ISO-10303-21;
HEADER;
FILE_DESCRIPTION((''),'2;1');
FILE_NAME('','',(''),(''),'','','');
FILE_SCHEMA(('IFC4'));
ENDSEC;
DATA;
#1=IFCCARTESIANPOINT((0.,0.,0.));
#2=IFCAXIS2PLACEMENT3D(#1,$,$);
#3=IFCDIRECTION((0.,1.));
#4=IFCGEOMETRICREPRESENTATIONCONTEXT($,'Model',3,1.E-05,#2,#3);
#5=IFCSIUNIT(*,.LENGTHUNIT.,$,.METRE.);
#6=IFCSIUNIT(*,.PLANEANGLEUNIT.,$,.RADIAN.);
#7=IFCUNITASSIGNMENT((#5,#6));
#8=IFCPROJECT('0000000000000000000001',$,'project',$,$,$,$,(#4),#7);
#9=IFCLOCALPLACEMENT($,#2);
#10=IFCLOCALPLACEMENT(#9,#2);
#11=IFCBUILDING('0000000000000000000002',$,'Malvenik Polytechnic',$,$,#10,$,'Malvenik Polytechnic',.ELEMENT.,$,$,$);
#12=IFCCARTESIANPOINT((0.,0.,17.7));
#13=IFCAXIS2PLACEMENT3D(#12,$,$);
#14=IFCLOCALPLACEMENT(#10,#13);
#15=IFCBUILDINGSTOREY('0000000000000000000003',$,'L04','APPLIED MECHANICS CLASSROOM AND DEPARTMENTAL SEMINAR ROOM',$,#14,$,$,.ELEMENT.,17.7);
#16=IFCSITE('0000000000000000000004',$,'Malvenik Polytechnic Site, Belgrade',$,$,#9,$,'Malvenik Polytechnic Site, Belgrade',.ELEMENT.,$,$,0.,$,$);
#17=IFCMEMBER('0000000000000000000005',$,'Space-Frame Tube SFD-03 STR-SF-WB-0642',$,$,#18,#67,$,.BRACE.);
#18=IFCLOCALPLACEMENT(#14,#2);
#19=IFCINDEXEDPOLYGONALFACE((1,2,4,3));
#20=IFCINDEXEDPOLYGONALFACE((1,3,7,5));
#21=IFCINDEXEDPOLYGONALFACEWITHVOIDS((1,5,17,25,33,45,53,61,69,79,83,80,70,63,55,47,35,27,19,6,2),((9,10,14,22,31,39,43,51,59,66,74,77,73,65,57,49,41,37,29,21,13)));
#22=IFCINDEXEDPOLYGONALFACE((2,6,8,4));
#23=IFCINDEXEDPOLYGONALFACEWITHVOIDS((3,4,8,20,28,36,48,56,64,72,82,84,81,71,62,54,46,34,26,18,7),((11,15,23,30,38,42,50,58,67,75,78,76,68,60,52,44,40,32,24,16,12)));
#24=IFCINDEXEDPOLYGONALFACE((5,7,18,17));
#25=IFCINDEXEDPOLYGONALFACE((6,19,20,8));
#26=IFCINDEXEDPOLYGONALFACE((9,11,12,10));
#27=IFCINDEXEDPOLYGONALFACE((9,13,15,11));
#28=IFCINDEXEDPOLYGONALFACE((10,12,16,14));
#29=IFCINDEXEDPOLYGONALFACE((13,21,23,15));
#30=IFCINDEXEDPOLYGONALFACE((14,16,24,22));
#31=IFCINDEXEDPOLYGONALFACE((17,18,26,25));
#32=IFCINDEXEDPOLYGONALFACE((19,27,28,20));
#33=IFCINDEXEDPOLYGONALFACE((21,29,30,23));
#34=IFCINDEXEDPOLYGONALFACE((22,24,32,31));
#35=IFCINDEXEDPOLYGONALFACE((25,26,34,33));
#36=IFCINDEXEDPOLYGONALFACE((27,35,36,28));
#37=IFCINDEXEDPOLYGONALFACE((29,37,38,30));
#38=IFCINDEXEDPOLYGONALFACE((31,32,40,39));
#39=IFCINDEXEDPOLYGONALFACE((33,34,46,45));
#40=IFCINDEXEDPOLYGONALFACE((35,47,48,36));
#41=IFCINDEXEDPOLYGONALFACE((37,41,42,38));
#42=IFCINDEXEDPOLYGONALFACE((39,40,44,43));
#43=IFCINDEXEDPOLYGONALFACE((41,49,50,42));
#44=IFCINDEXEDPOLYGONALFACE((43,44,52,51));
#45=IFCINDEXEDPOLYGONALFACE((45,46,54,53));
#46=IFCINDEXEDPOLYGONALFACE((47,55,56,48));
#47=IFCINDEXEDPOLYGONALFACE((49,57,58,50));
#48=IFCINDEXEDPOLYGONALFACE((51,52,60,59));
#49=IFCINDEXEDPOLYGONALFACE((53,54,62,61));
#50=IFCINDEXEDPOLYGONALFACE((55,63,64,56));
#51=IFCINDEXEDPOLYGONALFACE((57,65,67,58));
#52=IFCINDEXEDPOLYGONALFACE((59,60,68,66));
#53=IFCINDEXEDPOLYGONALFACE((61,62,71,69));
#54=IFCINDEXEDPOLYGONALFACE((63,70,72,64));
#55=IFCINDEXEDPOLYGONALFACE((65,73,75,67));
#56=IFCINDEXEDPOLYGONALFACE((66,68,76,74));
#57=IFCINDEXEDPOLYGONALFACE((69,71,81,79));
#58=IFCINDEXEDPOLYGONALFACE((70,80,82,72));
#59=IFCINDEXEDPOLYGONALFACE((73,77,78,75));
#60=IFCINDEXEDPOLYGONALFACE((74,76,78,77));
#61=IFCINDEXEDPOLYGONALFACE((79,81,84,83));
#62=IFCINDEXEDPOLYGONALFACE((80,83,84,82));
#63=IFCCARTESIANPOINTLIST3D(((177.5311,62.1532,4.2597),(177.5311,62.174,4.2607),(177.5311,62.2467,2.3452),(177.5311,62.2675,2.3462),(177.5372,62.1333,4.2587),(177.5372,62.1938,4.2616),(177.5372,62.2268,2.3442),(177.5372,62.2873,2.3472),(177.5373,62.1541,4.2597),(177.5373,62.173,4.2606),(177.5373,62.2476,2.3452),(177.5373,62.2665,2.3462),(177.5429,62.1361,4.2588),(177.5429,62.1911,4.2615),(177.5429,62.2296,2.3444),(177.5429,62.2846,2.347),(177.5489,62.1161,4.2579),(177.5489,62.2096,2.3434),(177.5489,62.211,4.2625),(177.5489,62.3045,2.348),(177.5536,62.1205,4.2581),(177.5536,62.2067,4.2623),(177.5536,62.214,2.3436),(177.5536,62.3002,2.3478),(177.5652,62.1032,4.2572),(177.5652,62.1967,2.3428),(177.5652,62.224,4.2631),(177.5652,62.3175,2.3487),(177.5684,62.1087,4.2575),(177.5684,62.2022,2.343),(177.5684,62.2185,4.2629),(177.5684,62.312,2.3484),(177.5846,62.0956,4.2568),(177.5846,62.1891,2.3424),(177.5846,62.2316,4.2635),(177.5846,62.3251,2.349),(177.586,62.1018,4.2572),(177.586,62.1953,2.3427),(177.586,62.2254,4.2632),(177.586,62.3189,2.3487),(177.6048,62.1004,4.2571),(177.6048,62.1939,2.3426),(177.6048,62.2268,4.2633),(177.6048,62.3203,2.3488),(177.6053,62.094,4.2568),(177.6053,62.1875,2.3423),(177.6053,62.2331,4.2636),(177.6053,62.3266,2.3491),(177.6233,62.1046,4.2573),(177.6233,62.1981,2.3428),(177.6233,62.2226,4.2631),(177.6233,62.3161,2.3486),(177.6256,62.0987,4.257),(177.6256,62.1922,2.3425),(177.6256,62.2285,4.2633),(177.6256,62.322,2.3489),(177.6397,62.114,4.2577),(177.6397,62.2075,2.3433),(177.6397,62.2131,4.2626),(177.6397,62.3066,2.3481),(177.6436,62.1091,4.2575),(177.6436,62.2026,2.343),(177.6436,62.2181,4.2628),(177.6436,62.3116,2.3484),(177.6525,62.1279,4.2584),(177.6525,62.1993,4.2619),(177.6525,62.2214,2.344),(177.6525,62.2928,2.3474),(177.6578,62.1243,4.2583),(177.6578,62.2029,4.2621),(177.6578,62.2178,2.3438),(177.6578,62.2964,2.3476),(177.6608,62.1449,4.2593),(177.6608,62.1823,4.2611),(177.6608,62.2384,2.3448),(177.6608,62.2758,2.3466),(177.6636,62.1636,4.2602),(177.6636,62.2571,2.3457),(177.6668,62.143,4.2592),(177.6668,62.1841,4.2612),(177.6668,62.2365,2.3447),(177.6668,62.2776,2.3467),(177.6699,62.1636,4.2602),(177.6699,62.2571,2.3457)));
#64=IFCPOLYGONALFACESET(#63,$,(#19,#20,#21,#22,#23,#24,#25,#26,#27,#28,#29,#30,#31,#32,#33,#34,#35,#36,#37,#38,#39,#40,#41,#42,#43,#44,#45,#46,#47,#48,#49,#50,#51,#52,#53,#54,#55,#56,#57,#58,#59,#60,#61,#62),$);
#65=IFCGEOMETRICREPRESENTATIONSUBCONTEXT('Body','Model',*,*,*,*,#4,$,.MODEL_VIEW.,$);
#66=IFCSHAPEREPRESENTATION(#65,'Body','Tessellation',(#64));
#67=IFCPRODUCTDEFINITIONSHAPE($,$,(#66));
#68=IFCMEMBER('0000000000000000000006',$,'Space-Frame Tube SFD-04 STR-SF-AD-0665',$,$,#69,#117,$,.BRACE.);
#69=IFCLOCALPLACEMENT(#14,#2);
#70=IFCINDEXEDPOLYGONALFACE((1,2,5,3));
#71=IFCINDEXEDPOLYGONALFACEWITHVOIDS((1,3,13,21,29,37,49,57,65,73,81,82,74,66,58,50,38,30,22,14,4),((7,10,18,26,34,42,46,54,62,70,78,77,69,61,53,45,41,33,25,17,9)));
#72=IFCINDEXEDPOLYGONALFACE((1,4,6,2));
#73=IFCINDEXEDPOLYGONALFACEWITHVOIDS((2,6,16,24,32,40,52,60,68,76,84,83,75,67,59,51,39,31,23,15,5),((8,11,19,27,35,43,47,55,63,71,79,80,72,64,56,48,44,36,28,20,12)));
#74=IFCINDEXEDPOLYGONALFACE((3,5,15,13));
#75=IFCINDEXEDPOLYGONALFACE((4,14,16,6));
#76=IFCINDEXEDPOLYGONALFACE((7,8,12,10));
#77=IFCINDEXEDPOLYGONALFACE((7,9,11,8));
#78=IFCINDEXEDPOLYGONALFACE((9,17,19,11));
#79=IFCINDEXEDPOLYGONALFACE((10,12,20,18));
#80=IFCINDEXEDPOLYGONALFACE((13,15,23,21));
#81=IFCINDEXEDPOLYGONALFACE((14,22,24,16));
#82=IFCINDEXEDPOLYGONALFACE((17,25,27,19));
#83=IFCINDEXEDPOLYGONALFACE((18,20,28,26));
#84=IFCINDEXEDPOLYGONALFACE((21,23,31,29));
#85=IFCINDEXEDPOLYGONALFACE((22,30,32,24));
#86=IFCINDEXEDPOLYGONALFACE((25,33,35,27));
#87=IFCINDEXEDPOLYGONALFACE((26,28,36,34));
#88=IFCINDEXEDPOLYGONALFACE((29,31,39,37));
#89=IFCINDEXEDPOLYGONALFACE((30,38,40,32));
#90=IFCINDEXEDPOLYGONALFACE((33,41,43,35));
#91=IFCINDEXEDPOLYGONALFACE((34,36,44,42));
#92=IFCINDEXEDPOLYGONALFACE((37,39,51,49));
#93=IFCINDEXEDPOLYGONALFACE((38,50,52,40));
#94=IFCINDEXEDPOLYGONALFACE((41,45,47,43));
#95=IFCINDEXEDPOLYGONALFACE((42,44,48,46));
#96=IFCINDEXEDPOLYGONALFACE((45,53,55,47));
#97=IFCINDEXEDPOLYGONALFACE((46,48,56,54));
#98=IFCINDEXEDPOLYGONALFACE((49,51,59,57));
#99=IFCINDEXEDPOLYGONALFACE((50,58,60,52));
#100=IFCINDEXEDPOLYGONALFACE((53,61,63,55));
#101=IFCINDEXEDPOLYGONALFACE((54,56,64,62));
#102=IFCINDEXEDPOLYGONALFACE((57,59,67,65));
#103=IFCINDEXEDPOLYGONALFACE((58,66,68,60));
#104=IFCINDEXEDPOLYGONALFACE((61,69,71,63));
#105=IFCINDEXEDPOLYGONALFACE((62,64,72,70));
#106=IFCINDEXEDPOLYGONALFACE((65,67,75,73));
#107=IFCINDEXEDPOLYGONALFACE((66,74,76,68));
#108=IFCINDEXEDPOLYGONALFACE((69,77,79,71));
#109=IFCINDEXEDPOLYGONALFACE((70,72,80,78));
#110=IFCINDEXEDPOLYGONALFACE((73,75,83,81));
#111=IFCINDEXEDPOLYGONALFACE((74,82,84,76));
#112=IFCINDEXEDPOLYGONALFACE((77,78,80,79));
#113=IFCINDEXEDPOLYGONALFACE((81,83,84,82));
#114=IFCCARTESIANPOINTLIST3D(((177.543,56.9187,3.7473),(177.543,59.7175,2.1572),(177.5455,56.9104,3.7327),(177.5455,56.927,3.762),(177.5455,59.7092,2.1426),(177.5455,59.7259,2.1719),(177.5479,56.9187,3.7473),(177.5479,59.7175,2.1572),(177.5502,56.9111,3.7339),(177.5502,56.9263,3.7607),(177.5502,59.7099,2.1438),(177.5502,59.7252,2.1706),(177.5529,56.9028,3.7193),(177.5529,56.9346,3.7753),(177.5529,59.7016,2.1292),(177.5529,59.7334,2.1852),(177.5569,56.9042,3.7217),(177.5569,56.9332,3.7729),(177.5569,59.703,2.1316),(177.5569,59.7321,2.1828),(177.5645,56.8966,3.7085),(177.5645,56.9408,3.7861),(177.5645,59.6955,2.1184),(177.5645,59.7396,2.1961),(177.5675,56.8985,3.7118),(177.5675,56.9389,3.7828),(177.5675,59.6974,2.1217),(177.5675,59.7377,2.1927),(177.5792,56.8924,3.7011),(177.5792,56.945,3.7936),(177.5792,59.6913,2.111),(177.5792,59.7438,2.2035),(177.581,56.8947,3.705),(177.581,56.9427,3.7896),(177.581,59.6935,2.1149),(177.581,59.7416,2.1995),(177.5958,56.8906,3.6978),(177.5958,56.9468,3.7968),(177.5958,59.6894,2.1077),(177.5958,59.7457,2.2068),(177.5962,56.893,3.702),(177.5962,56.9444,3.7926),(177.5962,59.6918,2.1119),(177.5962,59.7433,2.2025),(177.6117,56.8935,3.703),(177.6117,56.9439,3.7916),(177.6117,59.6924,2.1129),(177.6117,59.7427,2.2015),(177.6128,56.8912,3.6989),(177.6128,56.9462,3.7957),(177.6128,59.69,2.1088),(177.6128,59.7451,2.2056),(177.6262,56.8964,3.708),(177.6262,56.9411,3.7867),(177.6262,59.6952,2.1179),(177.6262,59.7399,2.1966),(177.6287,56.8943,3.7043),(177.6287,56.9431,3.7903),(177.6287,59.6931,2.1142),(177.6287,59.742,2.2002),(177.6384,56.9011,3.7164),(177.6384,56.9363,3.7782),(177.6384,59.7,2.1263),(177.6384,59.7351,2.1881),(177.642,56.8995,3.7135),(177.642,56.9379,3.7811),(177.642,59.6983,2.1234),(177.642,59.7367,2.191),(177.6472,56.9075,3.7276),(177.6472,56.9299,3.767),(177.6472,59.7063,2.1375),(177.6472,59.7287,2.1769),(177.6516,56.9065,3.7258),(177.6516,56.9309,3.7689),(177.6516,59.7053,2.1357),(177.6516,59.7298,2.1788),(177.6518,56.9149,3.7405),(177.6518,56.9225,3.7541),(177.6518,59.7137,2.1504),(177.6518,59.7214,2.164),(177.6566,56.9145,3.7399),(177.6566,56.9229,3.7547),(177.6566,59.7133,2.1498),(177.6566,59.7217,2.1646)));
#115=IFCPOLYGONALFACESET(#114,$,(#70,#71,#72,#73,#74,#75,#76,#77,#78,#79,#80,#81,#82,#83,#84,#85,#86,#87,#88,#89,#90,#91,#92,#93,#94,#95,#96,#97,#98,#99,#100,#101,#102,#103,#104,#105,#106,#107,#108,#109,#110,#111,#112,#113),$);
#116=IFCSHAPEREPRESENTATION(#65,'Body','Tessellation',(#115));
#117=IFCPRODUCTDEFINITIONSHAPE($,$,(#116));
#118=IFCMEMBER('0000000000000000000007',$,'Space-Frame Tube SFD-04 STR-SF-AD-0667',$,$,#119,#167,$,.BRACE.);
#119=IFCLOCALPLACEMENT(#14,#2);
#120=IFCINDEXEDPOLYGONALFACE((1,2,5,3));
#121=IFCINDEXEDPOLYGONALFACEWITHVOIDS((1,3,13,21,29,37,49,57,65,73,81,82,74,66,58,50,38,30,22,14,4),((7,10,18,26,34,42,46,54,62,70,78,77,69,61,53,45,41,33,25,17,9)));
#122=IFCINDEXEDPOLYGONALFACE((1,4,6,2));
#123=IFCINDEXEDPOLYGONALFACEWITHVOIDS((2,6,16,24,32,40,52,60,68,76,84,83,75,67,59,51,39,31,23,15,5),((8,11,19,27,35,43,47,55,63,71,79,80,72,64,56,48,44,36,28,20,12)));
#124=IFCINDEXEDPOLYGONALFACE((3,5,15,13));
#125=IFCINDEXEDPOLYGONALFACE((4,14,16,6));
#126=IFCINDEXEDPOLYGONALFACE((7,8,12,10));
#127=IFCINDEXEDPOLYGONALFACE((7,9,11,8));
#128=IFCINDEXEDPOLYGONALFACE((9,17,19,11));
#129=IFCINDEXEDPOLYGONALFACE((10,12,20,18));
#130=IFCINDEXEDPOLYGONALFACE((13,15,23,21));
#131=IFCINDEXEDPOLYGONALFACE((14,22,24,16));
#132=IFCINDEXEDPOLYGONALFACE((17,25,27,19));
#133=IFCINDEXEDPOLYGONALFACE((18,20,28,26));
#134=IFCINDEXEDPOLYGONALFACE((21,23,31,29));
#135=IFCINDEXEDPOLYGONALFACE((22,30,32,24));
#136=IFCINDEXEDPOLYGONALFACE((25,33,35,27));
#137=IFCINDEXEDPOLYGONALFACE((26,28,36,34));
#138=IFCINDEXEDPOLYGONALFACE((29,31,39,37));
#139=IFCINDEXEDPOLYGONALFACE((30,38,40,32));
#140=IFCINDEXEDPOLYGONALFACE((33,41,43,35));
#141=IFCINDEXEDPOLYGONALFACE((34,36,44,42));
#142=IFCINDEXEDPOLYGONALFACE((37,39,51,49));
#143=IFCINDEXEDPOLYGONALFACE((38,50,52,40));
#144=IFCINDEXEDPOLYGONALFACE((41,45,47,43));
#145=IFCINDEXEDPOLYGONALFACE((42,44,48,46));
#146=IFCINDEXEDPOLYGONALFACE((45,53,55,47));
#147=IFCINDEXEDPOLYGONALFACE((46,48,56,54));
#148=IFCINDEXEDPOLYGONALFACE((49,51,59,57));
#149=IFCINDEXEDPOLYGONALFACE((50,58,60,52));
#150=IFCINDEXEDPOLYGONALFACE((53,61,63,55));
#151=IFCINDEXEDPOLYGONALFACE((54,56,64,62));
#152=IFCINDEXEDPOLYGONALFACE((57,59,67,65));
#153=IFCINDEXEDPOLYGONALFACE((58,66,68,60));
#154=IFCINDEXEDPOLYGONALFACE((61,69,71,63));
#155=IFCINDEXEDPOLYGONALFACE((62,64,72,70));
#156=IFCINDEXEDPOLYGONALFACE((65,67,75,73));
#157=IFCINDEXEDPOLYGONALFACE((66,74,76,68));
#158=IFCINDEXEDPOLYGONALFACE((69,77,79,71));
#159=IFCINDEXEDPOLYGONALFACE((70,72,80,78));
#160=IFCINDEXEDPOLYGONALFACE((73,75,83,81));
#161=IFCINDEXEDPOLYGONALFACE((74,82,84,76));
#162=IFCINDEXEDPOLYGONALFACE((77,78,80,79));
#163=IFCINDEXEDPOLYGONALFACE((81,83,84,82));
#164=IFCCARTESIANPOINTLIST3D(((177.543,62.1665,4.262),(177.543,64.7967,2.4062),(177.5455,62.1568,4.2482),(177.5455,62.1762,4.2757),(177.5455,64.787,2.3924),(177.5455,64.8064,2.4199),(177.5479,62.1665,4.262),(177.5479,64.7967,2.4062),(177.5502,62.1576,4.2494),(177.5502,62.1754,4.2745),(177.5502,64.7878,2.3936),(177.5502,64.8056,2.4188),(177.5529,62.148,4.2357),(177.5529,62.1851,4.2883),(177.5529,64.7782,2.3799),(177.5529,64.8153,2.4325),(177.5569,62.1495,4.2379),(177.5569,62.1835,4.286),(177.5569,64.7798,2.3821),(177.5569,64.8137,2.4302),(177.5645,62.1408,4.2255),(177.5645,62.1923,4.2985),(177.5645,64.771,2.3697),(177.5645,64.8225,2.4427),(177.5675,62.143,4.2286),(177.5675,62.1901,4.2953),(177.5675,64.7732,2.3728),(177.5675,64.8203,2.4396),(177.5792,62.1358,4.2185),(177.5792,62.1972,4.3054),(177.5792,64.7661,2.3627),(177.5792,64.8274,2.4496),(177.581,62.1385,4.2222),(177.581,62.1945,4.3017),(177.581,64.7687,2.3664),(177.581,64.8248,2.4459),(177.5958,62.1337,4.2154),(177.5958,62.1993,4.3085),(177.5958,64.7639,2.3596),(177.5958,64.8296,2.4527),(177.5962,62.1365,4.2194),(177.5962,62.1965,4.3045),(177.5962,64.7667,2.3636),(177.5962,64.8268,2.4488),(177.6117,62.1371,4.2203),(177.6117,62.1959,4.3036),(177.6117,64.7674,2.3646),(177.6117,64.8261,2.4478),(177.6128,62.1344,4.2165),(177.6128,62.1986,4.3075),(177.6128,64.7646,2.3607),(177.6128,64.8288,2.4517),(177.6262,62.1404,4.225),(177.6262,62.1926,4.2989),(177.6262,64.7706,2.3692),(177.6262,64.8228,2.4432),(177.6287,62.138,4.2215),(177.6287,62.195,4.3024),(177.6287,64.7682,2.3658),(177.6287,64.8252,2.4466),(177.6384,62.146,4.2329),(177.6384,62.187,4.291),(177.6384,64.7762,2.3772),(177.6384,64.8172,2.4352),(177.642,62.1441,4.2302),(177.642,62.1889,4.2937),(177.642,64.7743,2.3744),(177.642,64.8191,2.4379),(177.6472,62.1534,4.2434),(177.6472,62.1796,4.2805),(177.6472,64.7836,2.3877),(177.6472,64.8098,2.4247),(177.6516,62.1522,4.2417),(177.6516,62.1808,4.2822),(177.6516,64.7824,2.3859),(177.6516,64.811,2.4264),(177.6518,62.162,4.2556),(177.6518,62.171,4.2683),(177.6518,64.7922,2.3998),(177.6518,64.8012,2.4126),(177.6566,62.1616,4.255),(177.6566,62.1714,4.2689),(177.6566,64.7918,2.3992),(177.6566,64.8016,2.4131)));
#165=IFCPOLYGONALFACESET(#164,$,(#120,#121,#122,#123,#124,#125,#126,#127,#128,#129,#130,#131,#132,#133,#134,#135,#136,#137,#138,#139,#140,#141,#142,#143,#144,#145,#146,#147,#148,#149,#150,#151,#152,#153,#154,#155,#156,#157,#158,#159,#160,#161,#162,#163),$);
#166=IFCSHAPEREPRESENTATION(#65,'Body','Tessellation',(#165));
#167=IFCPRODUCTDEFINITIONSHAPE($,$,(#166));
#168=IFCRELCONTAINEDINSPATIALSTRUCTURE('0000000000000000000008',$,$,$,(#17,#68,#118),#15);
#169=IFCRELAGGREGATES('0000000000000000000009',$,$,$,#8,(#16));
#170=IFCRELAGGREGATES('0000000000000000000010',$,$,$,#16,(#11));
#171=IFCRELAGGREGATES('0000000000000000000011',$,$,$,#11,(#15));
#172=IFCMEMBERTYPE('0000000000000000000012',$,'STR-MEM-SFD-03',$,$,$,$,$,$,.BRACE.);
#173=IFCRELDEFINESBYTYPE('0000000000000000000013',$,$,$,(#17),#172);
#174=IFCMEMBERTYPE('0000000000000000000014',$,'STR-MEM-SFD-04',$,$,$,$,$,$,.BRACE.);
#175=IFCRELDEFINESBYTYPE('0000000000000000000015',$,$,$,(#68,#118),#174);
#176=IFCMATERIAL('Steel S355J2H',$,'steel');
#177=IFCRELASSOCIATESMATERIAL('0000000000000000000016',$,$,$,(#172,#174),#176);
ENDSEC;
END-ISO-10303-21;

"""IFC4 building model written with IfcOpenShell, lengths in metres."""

from ifc_helpers import new_model, si_unit, direction, frame, origin, origin_2d, place, context, subcontext, project, spatial, hollow_circle, extrude, material, material_profile, profile_set, type_object, element, save


model = new_model("IFC4")

# Units and contexts
model_context = context("Model", 3, precision=1e-05, world=origin(), true_north=direction((0.0, 1.0)))
body_context = subcontext(model_context, "Body", "Model", "MODEL_VIEW")
ifc_project = project(units=[si_unit("LENGTHUNIT", "METRE"), si_unit("PLANEANGLEUNIT", "RADIAN")], contexts=[model_context])

# Site, building, storey
site_placement = place(None, origin())
site = spatial("IfcSite", under=ifc_project, at=site_placement, Name="Malvenik Polytechnic Site, Belgrade", LongName="Malvenik Polytechnic Site, Belgrade", CompositionType="ELEMENT", RefElevation=0.0)
building_placement = place(site_placement, origin())
building = spatial("IfcBuilding", under=site, at=building_placement, Name="Malvenik Polytechnic", LongName="Malvenik Polytechnic", CompositionType="ELEMENT")
storey_placement = place(building_placement, frame((0.0, 0.0, 17.7)))
storey = spatial("IfcBuildingStorey", under=building, at=storey_placement, Name="L04", Description="APPLIED MECHANICS CLASSROOM AND DEPARTMENTAL SEMINAR ROOM", CompositionType="ELEMENT", Elevation=17.7)

# Members
ifc_material_1 = material(Name="Steel S355J2H", Category="steel")
ifc_material_profile_1 = material_profile(ifc_material_1, hollow_circle(Radius=0.0698, WallThickness=0.0063, at=origin_2d()), Name="CHS 139.7x6.3")
ifc_profile_set_1 = profile_set([ifc_material_profile_1], Name="Steel S355J2H")
member_type_1 = type_object("IfcMemberType", Name="STR-MEM-SFD-03", PredefinedType="BRACE", material=ifc_profile_set_1)
member_1_placement = place(storey_placement, frame((177.6001, 62.2571, 2.3457), z_axis=(0.0, -0.048781, 0.998809), x_axis=(1.0, 0.0, 0.0)))
element("IfcMember", 1, at=member_1_placement, inside=storey, type_object=member_type_1, Name="Space-Frame Tube SFD-03 STR-SF-WB-0642", PredefinedType="BRACE", context=body_context, shape_type="SweptSolid", body=[
    extrude(hollow_circle(Radius=0.0698, WallThickness=0.0063, at=origin_2d()), origin(), (0.0, 0.0, 1.0), 1.9167),
])
ifc_material_profile_2 = material_profile(ifc_material_1, hollow_circle(Radius=0.0571, WallThickness=0.0049, at=origin_2d()), Name="CHS 114.3x5.0")
ifc_profile_set_2 = profile_set([ifc_material_profile_2], Name="Steel S355J2H")
member_type_2 = type_object("IfcMemberType", Name="STR-MEM-SFD-04", PredefinedType="BRACE", material=ifc_profile_set_2)
for number, where, z_axis, x_axis, name in (
    (2, (177.6001, 56.9187, 3.7473), (0.0, 0.869477, -0.493973), (-1.0, 0.0, 0.0), "Space-Frame Tube SFD-04 STR-SF-AD-0665"),
    (3, (177.6001, 62.1665, 4.262), (0.0, 0.817092, -0.576507), (-1.0, 0.0, 0.0), "Space-Frame Tube SFD-04 STR-SF-AD-0667"),
):
    element("IfcMember", number, at=place(storey_placement, frame(where, z_axis=z_axis, x_axis=x_axis)), inside=storey, type_object=member_type_2, Name=name, PredefinedType="BRACE", context=body_context, shape_type="SweptSolid", body=[
        extrude(hollow_circle(Radius=0.0571, WallThickness=0.0049, at=origin_2d()), origin(), (0.0, 0.0, 1.0), 3.219),
    ])

save(model, "model.ifc")
